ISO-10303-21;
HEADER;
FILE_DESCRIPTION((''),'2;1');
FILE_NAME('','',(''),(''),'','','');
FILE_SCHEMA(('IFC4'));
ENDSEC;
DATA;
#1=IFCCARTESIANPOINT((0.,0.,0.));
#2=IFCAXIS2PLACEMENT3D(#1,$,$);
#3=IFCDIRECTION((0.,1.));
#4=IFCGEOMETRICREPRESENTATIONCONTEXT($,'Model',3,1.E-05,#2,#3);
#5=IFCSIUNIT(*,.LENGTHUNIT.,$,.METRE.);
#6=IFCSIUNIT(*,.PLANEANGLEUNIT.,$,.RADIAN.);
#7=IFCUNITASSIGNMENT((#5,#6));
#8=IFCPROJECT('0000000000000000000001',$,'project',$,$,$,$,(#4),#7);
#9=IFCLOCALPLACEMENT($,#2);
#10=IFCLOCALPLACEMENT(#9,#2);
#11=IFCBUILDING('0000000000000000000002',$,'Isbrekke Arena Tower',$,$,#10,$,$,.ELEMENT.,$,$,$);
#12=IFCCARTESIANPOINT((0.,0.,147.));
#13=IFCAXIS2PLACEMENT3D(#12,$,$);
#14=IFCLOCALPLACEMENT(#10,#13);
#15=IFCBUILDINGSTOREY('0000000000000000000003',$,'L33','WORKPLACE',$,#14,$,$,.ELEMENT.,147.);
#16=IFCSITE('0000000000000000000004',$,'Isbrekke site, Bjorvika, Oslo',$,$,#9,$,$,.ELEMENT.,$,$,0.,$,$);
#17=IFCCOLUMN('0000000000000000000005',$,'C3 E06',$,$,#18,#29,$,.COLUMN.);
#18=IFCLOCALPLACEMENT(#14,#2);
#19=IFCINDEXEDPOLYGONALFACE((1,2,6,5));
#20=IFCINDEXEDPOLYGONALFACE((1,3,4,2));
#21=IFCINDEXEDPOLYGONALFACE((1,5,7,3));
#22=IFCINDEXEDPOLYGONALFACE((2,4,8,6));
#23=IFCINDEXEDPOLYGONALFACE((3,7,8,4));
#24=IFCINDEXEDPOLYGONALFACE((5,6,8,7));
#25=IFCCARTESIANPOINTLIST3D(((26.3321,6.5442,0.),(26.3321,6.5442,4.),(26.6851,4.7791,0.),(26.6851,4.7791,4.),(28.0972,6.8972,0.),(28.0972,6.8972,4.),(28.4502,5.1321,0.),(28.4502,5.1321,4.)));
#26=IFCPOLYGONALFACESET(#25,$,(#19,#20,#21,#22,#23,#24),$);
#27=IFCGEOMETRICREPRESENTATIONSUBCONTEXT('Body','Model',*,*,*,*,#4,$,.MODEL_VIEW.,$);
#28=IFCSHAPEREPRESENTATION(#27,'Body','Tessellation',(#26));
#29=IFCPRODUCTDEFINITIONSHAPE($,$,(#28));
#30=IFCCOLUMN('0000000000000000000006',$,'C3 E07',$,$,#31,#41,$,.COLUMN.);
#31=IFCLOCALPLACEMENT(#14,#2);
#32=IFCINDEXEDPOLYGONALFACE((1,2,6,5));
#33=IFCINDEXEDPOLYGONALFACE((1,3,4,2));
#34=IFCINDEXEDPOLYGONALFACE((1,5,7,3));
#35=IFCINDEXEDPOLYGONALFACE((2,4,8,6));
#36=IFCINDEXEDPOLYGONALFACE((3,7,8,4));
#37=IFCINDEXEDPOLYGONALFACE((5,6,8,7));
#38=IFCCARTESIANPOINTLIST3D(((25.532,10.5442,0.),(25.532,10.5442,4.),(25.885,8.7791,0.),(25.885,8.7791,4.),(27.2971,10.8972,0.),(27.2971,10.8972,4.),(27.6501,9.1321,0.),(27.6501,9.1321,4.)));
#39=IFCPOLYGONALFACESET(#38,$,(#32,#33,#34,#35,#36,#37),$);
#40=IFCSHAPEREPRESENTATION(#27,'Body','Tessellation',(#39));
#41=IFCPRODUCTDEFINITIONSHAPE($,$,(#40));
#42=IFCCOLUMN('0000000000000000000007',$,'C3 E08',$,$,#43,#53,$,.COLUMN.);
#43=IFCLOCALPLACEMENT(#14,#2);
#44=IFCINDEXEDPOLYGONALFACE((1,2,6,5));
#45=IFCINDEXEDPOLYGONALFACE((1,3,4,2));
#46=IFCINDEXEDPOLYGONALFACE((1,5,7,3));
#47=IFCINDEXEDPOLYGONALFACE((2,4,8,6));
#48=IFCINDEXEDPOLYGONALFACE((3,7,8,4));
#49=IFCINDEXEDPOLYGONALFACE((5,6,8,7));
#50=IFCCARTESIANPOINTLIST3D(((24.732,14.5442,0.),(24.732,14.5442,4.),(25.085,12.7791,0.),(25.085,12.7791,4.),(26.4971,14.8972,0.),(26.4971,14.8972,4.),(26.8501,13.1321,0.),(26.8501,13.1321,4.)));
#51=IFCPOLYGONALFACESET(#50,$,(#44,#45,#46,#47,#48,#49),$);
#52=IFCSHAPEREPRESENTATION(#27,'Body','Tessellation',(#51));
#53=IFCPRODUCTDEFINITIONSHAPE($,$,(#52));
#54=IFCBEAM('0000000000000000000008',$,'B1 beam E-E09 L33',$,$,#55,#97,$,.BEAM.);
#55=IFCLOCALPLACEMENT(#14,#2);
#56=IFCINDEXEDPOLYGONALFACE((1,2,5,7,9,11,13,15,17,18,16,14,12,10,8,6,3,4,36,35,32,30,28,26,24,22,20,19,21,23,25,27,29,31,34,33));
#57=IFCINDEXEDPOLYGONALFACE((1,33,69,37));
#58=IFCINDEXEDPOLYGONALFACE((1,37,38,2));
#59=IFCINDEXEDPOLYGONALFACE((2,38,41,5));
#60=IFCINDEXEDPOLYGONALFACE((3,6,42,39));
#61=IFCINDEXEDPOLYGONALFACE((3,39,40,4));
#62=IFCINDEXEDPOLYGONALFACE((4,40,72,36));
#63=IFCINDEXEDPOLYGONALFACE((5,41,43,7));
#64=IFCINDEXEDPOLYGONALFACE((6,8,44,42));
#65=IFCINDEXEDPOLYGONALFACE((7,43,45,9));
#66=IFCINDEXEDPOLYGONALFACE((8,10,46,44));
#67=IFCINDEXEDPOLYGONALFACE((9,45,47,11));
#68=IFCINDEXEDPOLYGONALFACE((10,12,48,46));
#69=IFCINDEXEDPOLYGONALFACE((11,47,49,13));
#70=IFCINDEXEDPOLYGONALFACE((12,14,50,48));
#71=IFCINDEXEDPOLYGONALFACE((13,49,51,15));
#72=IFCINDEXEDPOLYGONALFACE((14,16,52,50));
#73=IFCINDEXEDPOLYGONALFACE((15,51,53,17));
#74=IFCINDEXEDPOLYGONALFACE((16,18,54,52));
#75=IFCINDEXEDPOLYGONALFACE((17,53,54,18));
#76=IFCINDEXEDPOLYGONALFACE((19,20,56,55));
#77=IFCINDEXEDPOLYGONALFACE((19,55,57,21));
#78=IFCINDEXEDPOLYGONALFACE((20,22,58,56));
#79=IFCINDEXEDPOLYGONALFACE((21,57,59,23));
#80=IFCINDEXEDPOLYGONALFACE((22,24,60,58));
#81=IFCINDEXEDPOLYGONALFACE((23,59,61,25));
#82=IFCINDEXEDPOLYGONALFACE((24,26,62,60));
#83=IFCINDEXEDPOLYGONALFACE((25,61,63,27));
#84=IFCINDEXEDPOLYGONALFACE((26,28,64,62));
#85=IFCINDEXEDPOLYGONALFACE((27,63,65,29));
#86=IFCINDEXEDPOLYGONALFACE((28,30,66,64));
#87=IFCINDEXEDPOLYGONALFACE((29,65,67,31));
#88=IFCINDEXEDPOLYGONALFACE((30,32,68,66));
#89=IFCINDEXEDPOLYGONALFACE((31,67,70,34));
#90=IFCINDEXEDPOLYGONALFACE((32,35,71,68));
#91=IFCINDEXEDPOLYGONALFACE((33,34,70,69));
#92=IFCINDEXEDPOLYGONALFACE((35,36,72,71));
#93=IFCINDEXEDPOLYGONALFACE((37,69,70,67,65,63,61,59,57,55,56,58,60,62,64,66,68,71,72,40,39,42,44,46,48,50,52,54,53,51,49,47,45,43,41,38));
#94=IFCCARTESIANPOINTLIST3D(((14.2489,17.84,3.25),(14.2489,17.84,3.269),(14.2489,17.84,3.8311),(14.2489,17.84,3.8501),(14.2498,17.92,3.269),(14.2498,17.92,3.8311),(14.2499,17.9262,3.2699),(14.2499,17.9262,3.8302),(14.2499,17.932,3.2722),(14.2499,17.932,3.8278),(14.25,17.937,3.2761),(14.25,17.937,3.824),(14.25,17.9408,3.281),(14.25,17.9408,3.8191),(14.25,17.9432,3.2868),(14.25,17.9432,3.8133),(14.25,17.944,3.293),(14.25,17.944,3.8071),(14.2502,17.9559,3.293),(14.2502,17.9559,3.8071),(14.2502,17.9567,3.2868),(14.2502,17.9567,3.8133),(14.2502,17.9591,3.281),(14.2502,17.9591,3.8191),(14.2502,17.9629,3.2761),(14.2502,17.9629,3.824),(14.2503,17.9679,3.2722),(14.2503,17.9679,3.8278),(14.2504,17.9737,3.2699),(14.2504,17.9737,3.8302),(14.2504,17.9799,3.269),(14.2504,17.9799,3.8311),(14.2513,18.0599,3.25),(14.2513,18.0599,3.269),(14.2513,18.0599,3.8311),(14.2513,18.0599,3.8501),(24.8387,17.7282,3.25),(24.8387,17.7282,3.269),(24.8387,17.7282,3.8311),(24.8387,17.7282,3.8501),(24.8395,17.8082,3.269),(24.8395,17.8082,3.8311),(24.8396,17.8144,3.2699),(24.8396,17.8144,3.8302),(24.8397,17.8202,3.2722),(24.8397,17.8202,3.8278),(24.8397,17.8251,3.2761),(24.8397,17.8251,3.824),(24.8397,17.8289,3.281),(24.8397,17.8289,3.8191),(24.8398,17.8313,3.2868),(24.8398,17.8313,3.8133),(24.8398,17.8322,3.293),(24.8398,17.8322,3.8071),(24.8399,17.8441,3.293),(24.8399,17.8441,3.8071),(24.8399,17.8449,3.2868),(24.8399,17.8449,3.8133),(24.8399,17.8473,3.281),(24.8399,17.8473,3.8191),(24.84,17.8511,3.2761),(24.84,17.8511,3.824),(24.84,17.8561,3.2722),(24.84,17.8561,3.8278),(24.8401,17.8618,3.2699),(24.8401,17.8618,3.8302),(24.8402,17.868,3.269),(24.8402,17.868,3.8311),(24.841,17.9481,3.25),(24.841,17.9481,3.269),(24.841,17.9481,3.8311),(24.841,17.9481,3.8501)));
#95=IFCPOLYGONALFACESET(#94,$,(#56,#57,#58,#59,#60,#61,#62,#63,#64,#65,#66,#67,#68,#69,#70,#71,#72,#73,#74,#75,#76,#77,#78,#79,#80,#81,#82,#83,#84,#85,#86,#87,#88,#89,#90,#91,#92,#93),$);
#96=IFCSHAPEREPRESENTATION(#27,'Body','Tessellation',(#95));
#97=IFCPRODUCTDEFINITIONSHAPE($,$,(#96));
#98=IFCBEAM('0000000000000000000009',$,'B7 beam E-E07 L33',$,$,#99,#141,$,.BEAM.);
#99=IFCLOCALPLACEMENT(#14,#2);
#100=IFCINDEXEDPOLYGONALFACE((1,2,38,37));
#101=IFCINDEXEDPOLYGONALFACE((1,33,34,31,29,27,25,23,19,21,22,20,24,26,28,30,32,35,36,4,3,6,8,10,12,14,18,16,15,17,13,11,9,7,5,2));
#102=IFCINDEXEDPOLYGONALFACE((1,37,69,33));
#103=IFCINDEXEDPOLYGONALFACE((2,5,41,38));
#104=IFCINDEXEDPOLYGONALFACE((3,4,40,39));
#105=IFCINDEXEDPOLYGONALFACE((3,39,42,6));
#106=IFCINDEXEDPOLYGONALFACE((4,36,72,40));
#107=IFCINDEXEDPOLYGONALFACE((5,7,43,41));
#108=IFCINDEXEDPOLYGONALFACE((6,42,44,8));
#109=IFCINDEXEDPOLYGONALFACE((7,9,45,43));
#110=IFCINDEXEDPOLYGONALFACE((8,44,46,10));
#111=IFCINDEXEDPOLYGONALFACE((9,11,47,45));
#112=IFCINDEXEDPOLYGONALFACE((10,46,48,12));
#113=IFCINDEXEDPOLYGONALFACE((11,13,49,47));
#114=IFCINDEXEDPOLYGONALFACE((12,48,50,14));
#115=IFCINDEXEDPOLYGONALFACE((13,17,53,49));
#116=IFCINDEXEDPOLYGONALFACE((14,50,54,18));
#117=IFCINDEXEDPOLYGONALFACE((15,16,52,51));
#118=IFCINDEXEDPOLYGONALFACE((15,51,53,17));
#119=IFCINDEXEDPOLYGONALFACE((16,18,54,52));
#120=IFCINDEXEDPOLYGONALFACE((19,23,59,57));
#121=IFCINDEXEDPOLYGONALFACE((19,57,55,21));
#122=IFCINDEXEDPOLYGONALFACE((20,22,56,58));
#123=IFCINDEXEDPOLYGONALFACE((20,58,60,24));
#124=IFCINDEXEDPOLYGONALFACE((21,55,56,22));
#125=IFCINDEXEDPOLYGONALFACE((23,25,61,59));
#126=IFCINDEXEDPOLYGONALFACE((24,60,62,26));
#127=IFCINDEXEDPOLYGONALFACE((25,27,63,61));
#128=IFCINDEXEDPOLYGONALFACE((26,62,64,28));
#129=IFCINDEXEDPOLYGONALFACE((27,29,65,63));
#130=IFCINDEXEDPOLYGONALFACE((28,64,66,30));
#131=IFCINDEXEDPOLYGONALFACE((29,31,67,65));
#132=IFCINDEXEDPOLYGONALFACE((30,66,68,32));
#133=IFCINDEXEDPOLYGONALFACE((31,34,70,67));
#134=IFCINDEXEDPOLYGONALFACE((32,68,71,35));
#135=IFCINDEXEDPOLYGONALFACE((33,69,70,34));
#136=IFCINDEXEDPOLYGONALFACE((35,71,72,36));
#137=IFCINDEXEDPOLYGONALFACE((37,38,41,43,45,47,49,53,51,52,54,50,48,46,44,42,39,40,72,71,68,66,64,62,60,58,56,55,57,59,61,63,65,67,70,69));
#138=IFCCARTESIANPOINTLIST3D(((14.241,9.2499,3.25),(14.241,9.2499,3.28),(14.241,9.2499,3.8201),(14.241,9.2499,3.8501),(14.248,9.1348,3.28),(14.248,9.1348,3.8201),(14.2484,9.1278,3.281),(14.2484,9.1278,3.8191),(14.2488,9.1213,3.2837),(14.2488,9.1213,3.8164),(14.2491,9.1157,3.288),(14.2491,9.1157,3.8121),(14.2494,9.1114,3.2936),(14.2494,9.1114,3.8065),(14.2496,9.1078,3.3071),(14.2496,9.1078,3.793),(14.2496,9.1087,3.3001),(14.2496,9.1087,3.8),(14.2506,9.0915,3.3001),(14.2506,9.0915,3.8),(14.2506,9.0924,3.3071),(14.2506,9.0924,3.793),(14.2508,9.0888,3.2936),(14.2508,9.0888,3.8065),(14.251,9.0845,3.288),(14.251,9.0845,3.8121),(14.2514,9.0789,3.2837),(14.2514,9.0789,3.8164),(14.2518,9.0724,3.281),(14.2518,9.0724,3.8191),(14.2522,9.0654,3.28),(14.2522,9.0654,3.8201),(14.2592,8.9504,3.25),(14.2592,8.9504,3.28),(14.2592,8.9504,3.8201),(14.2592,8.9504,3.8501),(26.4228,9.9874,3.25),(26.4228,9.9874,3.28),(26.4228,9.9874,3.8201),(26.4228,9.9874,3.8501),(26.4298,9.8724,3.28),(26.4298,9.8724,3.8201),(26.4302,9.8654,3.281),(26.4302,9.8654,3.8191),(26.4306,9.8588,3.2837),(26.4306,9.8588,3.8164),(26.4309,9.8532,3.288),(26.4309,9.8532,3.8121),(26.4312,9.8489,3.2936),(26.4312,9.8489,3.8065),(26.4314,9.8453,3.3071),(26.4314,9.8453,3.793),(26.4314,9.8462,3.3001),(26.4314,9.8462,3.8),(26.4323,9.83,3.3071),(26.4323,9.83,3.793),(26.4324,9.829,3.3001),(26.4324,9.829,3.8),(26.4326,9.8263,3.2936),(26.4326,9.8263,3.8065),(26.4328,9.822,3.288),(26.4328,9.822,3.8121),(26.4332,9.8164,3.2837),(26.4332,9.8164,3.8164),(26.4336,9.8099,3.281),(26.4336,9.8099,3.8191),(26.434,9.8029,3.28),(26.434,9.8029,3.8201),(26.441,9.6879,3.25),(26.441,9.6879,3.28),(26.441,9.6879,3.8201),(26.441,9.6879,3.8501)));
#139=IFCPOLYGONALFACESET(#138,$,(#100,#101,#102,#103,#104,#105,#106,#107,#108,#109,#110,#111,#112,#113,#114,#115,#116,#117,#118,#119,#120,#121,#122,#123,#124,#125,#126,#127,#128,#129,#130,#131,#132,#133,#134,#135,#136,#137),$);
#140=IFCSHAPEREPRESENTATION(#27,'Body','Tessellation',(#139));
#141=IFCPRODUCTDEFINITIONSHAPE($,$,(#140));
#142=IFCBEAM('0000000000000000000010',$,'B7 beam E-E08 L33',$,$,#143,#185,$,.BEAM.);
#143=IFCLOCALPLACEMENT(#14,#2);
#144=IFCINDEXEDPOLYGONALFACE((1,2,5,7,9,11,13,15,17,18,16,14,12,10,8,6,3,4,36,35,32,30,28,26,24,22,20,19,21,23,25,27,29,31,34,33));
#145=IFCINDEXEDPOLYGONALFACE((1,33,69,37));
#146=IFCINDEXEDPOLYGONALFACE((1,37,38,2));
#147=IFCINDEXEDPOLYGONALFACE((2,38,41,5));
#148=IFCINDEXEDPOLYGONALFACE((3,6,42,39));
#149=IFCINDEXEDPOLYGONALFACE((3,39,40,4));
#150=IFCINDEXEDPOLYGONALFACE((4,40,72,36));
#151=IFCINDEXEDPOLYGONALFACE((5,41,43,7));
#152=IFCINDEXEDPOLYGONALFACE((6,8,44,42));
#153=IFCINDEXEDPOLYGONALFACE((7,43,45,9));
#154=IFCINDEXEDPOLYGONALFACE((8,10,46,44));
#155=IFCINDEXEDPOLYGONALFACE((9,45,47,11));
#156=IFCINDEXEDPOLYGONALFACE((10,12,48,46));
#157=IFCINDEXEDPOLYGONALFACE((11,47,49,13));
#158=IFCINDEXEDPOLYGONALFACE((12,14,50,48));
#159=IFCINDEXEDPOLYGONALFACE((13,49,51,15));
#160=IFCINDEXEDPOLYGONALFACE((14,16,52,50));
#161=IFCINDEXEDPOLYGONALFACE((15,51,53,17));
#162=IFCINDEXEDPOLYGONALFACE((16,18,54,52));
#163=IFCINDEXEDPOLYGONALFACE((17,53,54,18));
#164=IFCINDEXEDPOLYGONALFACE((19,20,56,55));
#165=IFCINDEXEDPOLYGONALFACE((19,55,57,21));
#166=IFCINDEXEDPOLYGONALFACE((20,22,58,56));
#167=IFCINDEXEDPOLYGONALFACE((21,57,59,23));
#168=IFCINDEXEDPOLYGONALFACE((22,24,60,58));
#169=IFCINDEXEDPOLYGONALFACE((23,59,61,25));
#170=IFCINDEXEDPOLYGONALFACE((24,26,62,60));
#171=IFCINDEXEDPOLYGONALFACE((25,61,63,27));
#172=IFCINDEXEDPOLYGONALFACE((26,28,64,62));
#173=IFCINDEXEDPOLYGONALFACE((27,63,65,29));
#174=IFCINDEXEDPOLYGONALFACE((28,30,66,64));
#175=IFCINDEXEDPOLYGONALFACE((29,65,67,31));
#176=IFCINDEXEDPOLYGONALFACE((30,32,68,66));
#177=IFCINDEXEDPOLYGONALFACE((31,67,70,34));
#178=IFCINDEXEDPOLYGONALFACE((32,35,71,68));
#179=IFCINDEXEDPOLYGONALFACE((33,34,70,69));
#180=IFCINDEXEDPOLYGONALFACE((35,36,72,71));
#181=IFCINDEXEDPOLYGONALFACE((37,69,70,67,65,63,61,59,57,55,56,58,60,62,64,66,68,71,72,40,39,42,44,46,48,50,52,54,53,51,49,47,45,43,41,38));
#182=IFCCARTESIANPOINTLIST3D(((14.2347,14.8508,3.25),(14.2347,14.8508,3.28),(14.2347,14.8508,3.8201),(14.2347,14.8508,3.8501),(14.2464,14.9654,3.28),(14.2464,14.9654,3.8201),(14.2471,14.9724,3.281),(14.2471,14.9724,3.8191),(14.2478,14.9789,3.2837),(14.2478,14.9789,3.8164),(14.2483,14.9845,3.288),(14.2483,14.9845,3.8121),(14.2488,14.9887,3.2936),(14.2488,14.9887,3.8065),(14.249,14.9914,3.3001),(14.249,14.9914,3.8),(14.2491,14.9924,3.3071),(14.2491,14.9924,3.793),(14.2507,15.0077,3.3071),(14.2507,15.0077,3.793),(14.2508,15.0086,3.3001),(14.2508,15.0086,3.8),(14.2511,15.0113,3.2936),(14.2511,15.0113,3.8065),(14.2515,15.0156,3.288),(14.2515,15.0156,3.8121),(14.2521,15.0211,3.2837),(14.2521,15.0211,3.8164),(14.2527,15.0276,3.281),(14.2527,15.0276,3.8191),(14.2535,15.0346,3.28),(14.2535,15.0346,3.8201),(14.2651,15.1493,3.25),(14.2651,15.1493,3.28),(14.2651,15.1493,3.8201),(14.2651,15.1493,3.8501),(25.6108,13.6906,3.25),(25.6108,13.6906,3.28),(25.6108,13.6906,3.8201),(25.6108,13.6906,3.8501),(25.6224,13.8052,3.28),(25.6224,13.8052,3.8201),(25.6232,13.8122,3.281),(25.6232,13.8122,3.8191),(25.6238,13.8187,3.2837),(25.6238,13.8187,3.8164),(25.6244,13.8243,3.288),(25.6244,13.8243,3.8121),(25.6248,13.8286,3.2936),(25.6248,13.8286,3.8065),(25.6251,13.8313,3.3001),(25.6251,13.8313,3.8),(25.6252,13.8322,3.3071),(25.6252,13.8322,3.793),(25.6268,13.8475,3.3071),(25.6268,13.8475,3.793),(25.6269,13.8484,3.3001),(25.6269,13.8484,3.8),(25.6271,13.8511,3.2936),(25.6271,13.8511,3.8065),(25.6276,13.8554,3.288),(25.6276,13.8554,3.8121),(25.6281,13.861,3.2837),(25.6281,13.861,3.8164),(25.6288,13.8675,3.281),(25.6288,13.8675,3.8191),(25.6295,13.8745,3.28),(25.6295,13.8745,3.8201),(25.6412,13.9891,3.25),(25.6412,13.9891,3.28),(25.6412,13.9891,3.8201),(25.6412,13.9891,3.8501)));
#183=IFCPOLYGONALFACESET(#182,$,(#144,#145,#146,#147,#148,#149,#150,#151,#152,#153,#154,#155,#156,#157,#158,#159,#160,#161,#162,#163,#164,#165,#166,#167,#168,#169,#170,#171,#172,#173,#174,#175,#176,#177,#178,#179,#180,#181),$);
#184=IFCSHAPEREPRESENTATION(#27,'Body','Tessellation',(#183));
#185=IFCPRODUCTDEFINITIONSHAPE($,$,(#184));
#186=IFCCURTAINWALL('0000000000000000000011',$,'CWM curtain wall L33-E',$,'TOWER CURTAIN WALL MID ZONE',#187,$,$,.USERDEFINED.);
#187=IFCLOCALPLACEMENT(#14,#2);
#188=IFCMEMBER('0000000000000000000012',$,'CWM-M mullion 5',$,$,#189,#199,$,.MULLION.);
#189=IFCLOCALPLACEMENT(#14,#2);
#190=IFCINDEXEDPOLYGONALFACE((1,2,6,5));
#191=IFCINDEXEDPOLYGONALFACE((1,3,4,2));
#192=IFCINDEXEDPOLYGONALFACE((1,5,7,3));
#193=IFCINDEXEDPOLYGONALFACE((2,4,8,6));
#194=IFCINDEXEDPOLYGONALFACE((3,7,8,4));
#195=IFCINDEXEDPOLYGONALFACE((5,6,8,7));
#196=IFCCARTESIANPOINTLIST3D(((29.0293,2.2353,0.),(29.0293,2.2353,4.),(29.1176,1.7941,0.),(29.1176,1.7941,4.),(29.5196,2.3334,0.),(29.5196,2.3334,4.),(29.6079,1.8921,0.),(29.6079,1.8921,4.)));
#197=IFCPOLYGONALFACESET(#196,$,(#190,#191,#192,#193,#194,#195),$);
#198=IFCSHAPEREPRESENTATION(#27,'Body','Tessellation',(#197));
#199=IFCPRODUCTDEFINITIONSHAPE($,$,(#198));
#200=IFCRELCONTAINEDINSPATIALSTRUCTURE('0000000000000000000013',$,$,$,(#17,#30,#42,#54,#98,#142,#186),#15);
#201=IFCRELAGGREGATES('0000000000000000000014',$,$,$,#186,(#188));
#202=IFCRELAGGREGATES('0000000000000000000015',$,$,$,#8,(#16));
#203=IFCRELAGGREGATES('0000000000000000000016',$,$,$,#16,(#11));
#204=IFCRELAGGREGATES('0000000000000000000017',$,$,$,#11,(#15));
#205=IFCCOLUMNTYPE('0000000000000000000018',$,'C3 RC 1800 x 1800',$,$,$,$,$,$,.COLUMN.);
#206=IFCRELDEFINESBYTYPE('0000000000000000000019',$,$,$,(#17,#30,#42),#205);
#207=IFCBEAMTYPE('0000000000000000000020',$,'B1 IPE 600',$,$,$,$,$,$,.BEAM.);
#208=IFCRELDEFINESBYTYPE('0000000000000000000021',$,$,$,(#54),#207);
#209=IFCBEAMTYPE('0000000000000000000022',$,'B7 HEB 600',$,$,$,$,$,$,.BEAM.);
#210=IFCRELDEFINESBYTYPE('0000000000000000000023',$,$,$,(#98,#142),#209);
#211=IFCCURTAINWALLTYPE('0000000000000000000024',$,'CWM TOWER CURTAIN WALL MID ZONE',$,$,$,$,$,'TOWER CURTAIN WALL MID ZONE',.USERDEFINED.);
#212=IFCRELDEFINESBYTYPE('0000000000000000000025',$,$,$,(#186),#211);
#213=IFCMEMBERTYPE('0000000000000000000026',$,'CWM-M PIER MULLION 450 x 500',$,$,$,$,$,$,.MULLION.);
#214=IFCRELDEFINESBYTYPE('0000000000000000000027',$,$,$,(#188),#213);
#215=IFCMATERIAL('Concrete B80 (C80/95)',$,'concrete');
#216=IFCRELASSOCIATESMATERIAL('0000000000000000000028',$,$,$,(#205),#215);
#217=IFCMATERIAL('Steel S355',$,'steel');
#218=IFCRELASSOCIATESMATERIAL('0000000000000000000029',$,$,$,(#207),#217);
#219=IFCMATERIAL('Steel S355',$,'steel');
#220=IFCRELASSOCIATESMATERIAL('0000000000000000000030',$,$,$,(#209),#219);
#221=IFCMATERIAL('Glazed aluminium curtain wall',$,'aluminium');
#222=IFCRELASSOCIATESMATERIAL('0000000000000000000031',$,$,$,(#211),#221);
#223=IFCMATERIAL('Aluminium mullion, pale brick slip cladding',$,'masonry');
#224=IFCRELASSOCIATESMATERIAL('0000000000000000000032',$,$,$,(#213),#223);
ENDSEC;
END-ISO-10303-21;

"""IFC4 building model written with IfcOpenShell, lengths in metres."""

from ifc_helpers import new_model, si_unit, direction, frame, origin, origin_2d, place, context, subcontext, project, spatial, rectangle, i_section, extrude, material, material_profile, profile_set, type_object, element, aggregate, save


model = new_model("IFC4")

# Units and contexts
model_context = context("Model", 3, precision=1e-05, world=origin(), true_north=direction((0.0, 1.0)))
body_context = subcontext(model_context, "Body", "Model", "MODEL_VIEW")
ifc_project = project(units=[si_unit("LENGTHUNIT", "METRE"), si_unit("PLANEANGLEUNIT", "RADIAN")], contexts=[model_context])

# Site, building, storey
site_placement = place(None, origin())
site = spatial("IfcSite", under=ifc_project, at=site_placement, Name="Isbrekke site, Bjorvika, Oslo", CompositionType="ELEMENT", RefElevation=0.0)
building_placement = place(site_placement, origin())
building = spatial("IfcBuilding", under=site, at=building_placement, Name="Isbrekke Arena Tower", CompositionType="ELEMENT")
storey_placement = place(building_placement, frame((0.0, 0.0, 147.0)))
storey = spatial("IfcBuildingStorey", under=building, at=storey_placement, Name="L33", Description="WORKPLACE", CompositionType="ELEMENT", Elevation=147.0)

# Columns
ifc_material_1 = material(Name="Concrete B80 (C80/95)", Category="concrete")
ifc_material_profile_1 = material_profile(ifc_material_1, rectangle(XDim=1.8, YDim=1.8, at=origin_2d()), Name="RC 1800x1800")
ifc_profile_set_1 = profile_set([ifc_material_profile_1], Name="Concrete B80 (C80/95)")
column_type = type_object("IfcColumnType", Name="C3 RC 1800 x 1800", PredefinedType="COLUMN", material=ifc_profile_set_1)
for number, where, z_axis, x_axis, name in (
    (1, (27.3911, 5.8381, 0.0), (0.0, 0.0, 1.0), (-0.196116, 0.980581, 0.0), "C3 E06"),
    (2, (26.5911, 9.8381, 0.0), (0.0, 0.0, 1.0), (-0.196116, 0.980581, 0.0), "C3 E07"),
    (3, (25.791, 13.8381, 0.0), (0.0, 0.0, 1.0), (-0.196116, 0.980581, 0.0), "C3 E08"),
):
    element("IfcColumn", number, at=place(storey_placement, frame(where, z_axis=z_axis, x_axis=x_axis)), inside=storey, type_object=column_type, Name=name, PredefinedType="COLUMN", context=body_context, shape_type="SweptSolid", body=[
        extrude(rectangle(XDim=1.8, YDim=1.8, at=origin_2d()), origin(), (0.0, 0.0, 1.0), 4.0),
    ])

# Beams
ifc_material_2 = material(Name="Steel S355", Category="steel")
ifc_material_profile_2 = material_profile(ifc_material_2, i_section(OverallWidth=0.22, OverallDepth=0.6001, WebThickness=0.012, FlangeThickness=0.019, FilletRadius=0.0239, at=origin_2d()), Name="IPE 600")
ifc_profile_set_2 = profile_set([ifc_material_profile_2], Name="Steel S355")
beam_type_1 = type_object("IfcBeamType", Name="B1 IPE 600", PredefinedType="BEAM", material=ifc_profile_set_2)
beam_1_placement = place(storey_placement, frame((24.8398, 17.8381, 3.55), z_axis=(-0.999944, 0.010558, 0.0), x_axis=(-0.010558, -0.999944, 0.0)))
element("IfcBeam", 4, at=beam_1_placement, inside=storey, type_object=beam_type_1, Name="B1 beam E-E09 L33", PredefinedType="BEAM", context=body_context, shape_type="SweptSolid", body=[
    extrude(i_section(OverallWidth=0.22, OverallDepth=0.6001, WebThickness=0.012, FlangeThickness=0.019, FilletRadius=0.0239, at=origin_2d()), origin(), (0.0, 0.0, 1.0), 10.5903),
])
ifc_material_3 = material(Name="Steel S355", Category="steel")
ifc_material_profile_3 = material_profile(ifc_material_3, i_section(OverallWidth=0.3, OverallDepth=0.6001, WebThickness=0.0154, FlangeThickness=0.03, FilletRadius=0.0271, at=origin_2d()), Name="HEB 600")
ifc_profile_set_3 = profile_set([ifc_material_profile_3], Name="Steel S355")
beam_type_2 = type_object("IfcBeamType", Name="B7 HEB 600", PredefinedType="BEAM", material=ifc_profile_set_3)
beam_2_placement = place(storey_placement, frame((26.4319, 9.8376, 3.55), z_axis=(-0.998172, -0.060434, 0.0), x_axis=(0.060434, -0.998172, 0.0)))
element("IfcBeam", 5, at=beam_2_placement, inside=storey, type_object=beam_type_2, Name="B7 beam E-E07 L33", PredefinedType="BEAM", context=body_context, shape_type="SweptSolid", body=[
    extrude(i_section(OverallWidth=0.3, OverallDepth=0.6001, WebThickness=0.0154, FlangeThickness=0.03, FilletRadius=0.0271, at=origin_2d()), origin(), (0.0, 0.0, 1.0), 12.2041),
])
beam_3_placement = place(storey_placement, frame((25.626, 13.8398, 3.55), z_axis=(-0.99484, 0.101457, 0.0), x_axis=(-0.101457, -0.99484, 0.0)))
element("IfcBeam", 6, at=beam_3_placement, inside=storey, type_object=beam_type_2, Name="B7 beam E-E08 L33", PredefinedType="BEAM", context=body_context, shape_type="SweptSolid", body=[
    extrude(i_section(OverallWidth=0.3, OverallDepth=0.6001, WebThickness=0.0154, FlangeThickness=0.03, FilletRadius=0.0271, at=origin_2d()), origin(), (0.0, 0.0, 1.0), 11.4351),
])

# Curtain wall, member
ifc_material_4 = material(Name="Glazed aluminium curtain wall", Category="aluminium")
curtain_wall_type = type_object("IfcCurtainWallType", Name="CWM TOWER CURTAIN WALL MID ZONE", ElementType="TOWER CURTAIN WALL MID ZONE", PredefinedType="USERDEFINED", material=ifc_material_4)
curtain_wall_placement = place(storey_placement, origin())
curtain_wall = element("IfcCurtainWall", 7, at=curtain_wall_placement, inside=storey, type_object=curtain_wall_type, Name="CWM curtain wall L33-E", ObjectType="TOWER CURTAIN WALL MID ZONE", PredefinedType="USERDEFINED")
ifc_material_5 = material(Name="Aluminium mullion, pale brick slip cladding", Category="masonry")
ifc_material_profile_4 = material_profile(ifc_material_5, rectangle(XDim=0.45, YDim=0.5, at=origin_2d()), Name="PIER 450X500")
ifc_profile_set_4 = profile_set([ifc_material_profile_4], Name="Aluminium mullion, pale brick slip cladding")
member_type_1 = type_object("IfcMemberType", Name="CWM-M PIER MULLION 450 x 500", PredefinedType="MULLION", material=ifc_profile_set_4)
member_1_placement = place(storey_placement, frame((29.3186, 2.0637, 0.0), z_axis=(0.0, 0.0, 1.0), x_axis=(-0.196116, 0.980581, 0.0)))
member_1 = element("IfcMember", 8, at=member_1_placement, type_object=member_type_1, Name="CWM-M mullion 5", PredefinedType="MULLION", context=body_context, shape_type="SweptSolid", body=[
    extrude(rectangle(XDim=0.45, YDim=0.5, at=origin_2d()), origin(), (0.0, 0.0, 1.0), 4.0),
])

aggregate(curtain_wall, [member_1])

save(model, "model.ifc")
